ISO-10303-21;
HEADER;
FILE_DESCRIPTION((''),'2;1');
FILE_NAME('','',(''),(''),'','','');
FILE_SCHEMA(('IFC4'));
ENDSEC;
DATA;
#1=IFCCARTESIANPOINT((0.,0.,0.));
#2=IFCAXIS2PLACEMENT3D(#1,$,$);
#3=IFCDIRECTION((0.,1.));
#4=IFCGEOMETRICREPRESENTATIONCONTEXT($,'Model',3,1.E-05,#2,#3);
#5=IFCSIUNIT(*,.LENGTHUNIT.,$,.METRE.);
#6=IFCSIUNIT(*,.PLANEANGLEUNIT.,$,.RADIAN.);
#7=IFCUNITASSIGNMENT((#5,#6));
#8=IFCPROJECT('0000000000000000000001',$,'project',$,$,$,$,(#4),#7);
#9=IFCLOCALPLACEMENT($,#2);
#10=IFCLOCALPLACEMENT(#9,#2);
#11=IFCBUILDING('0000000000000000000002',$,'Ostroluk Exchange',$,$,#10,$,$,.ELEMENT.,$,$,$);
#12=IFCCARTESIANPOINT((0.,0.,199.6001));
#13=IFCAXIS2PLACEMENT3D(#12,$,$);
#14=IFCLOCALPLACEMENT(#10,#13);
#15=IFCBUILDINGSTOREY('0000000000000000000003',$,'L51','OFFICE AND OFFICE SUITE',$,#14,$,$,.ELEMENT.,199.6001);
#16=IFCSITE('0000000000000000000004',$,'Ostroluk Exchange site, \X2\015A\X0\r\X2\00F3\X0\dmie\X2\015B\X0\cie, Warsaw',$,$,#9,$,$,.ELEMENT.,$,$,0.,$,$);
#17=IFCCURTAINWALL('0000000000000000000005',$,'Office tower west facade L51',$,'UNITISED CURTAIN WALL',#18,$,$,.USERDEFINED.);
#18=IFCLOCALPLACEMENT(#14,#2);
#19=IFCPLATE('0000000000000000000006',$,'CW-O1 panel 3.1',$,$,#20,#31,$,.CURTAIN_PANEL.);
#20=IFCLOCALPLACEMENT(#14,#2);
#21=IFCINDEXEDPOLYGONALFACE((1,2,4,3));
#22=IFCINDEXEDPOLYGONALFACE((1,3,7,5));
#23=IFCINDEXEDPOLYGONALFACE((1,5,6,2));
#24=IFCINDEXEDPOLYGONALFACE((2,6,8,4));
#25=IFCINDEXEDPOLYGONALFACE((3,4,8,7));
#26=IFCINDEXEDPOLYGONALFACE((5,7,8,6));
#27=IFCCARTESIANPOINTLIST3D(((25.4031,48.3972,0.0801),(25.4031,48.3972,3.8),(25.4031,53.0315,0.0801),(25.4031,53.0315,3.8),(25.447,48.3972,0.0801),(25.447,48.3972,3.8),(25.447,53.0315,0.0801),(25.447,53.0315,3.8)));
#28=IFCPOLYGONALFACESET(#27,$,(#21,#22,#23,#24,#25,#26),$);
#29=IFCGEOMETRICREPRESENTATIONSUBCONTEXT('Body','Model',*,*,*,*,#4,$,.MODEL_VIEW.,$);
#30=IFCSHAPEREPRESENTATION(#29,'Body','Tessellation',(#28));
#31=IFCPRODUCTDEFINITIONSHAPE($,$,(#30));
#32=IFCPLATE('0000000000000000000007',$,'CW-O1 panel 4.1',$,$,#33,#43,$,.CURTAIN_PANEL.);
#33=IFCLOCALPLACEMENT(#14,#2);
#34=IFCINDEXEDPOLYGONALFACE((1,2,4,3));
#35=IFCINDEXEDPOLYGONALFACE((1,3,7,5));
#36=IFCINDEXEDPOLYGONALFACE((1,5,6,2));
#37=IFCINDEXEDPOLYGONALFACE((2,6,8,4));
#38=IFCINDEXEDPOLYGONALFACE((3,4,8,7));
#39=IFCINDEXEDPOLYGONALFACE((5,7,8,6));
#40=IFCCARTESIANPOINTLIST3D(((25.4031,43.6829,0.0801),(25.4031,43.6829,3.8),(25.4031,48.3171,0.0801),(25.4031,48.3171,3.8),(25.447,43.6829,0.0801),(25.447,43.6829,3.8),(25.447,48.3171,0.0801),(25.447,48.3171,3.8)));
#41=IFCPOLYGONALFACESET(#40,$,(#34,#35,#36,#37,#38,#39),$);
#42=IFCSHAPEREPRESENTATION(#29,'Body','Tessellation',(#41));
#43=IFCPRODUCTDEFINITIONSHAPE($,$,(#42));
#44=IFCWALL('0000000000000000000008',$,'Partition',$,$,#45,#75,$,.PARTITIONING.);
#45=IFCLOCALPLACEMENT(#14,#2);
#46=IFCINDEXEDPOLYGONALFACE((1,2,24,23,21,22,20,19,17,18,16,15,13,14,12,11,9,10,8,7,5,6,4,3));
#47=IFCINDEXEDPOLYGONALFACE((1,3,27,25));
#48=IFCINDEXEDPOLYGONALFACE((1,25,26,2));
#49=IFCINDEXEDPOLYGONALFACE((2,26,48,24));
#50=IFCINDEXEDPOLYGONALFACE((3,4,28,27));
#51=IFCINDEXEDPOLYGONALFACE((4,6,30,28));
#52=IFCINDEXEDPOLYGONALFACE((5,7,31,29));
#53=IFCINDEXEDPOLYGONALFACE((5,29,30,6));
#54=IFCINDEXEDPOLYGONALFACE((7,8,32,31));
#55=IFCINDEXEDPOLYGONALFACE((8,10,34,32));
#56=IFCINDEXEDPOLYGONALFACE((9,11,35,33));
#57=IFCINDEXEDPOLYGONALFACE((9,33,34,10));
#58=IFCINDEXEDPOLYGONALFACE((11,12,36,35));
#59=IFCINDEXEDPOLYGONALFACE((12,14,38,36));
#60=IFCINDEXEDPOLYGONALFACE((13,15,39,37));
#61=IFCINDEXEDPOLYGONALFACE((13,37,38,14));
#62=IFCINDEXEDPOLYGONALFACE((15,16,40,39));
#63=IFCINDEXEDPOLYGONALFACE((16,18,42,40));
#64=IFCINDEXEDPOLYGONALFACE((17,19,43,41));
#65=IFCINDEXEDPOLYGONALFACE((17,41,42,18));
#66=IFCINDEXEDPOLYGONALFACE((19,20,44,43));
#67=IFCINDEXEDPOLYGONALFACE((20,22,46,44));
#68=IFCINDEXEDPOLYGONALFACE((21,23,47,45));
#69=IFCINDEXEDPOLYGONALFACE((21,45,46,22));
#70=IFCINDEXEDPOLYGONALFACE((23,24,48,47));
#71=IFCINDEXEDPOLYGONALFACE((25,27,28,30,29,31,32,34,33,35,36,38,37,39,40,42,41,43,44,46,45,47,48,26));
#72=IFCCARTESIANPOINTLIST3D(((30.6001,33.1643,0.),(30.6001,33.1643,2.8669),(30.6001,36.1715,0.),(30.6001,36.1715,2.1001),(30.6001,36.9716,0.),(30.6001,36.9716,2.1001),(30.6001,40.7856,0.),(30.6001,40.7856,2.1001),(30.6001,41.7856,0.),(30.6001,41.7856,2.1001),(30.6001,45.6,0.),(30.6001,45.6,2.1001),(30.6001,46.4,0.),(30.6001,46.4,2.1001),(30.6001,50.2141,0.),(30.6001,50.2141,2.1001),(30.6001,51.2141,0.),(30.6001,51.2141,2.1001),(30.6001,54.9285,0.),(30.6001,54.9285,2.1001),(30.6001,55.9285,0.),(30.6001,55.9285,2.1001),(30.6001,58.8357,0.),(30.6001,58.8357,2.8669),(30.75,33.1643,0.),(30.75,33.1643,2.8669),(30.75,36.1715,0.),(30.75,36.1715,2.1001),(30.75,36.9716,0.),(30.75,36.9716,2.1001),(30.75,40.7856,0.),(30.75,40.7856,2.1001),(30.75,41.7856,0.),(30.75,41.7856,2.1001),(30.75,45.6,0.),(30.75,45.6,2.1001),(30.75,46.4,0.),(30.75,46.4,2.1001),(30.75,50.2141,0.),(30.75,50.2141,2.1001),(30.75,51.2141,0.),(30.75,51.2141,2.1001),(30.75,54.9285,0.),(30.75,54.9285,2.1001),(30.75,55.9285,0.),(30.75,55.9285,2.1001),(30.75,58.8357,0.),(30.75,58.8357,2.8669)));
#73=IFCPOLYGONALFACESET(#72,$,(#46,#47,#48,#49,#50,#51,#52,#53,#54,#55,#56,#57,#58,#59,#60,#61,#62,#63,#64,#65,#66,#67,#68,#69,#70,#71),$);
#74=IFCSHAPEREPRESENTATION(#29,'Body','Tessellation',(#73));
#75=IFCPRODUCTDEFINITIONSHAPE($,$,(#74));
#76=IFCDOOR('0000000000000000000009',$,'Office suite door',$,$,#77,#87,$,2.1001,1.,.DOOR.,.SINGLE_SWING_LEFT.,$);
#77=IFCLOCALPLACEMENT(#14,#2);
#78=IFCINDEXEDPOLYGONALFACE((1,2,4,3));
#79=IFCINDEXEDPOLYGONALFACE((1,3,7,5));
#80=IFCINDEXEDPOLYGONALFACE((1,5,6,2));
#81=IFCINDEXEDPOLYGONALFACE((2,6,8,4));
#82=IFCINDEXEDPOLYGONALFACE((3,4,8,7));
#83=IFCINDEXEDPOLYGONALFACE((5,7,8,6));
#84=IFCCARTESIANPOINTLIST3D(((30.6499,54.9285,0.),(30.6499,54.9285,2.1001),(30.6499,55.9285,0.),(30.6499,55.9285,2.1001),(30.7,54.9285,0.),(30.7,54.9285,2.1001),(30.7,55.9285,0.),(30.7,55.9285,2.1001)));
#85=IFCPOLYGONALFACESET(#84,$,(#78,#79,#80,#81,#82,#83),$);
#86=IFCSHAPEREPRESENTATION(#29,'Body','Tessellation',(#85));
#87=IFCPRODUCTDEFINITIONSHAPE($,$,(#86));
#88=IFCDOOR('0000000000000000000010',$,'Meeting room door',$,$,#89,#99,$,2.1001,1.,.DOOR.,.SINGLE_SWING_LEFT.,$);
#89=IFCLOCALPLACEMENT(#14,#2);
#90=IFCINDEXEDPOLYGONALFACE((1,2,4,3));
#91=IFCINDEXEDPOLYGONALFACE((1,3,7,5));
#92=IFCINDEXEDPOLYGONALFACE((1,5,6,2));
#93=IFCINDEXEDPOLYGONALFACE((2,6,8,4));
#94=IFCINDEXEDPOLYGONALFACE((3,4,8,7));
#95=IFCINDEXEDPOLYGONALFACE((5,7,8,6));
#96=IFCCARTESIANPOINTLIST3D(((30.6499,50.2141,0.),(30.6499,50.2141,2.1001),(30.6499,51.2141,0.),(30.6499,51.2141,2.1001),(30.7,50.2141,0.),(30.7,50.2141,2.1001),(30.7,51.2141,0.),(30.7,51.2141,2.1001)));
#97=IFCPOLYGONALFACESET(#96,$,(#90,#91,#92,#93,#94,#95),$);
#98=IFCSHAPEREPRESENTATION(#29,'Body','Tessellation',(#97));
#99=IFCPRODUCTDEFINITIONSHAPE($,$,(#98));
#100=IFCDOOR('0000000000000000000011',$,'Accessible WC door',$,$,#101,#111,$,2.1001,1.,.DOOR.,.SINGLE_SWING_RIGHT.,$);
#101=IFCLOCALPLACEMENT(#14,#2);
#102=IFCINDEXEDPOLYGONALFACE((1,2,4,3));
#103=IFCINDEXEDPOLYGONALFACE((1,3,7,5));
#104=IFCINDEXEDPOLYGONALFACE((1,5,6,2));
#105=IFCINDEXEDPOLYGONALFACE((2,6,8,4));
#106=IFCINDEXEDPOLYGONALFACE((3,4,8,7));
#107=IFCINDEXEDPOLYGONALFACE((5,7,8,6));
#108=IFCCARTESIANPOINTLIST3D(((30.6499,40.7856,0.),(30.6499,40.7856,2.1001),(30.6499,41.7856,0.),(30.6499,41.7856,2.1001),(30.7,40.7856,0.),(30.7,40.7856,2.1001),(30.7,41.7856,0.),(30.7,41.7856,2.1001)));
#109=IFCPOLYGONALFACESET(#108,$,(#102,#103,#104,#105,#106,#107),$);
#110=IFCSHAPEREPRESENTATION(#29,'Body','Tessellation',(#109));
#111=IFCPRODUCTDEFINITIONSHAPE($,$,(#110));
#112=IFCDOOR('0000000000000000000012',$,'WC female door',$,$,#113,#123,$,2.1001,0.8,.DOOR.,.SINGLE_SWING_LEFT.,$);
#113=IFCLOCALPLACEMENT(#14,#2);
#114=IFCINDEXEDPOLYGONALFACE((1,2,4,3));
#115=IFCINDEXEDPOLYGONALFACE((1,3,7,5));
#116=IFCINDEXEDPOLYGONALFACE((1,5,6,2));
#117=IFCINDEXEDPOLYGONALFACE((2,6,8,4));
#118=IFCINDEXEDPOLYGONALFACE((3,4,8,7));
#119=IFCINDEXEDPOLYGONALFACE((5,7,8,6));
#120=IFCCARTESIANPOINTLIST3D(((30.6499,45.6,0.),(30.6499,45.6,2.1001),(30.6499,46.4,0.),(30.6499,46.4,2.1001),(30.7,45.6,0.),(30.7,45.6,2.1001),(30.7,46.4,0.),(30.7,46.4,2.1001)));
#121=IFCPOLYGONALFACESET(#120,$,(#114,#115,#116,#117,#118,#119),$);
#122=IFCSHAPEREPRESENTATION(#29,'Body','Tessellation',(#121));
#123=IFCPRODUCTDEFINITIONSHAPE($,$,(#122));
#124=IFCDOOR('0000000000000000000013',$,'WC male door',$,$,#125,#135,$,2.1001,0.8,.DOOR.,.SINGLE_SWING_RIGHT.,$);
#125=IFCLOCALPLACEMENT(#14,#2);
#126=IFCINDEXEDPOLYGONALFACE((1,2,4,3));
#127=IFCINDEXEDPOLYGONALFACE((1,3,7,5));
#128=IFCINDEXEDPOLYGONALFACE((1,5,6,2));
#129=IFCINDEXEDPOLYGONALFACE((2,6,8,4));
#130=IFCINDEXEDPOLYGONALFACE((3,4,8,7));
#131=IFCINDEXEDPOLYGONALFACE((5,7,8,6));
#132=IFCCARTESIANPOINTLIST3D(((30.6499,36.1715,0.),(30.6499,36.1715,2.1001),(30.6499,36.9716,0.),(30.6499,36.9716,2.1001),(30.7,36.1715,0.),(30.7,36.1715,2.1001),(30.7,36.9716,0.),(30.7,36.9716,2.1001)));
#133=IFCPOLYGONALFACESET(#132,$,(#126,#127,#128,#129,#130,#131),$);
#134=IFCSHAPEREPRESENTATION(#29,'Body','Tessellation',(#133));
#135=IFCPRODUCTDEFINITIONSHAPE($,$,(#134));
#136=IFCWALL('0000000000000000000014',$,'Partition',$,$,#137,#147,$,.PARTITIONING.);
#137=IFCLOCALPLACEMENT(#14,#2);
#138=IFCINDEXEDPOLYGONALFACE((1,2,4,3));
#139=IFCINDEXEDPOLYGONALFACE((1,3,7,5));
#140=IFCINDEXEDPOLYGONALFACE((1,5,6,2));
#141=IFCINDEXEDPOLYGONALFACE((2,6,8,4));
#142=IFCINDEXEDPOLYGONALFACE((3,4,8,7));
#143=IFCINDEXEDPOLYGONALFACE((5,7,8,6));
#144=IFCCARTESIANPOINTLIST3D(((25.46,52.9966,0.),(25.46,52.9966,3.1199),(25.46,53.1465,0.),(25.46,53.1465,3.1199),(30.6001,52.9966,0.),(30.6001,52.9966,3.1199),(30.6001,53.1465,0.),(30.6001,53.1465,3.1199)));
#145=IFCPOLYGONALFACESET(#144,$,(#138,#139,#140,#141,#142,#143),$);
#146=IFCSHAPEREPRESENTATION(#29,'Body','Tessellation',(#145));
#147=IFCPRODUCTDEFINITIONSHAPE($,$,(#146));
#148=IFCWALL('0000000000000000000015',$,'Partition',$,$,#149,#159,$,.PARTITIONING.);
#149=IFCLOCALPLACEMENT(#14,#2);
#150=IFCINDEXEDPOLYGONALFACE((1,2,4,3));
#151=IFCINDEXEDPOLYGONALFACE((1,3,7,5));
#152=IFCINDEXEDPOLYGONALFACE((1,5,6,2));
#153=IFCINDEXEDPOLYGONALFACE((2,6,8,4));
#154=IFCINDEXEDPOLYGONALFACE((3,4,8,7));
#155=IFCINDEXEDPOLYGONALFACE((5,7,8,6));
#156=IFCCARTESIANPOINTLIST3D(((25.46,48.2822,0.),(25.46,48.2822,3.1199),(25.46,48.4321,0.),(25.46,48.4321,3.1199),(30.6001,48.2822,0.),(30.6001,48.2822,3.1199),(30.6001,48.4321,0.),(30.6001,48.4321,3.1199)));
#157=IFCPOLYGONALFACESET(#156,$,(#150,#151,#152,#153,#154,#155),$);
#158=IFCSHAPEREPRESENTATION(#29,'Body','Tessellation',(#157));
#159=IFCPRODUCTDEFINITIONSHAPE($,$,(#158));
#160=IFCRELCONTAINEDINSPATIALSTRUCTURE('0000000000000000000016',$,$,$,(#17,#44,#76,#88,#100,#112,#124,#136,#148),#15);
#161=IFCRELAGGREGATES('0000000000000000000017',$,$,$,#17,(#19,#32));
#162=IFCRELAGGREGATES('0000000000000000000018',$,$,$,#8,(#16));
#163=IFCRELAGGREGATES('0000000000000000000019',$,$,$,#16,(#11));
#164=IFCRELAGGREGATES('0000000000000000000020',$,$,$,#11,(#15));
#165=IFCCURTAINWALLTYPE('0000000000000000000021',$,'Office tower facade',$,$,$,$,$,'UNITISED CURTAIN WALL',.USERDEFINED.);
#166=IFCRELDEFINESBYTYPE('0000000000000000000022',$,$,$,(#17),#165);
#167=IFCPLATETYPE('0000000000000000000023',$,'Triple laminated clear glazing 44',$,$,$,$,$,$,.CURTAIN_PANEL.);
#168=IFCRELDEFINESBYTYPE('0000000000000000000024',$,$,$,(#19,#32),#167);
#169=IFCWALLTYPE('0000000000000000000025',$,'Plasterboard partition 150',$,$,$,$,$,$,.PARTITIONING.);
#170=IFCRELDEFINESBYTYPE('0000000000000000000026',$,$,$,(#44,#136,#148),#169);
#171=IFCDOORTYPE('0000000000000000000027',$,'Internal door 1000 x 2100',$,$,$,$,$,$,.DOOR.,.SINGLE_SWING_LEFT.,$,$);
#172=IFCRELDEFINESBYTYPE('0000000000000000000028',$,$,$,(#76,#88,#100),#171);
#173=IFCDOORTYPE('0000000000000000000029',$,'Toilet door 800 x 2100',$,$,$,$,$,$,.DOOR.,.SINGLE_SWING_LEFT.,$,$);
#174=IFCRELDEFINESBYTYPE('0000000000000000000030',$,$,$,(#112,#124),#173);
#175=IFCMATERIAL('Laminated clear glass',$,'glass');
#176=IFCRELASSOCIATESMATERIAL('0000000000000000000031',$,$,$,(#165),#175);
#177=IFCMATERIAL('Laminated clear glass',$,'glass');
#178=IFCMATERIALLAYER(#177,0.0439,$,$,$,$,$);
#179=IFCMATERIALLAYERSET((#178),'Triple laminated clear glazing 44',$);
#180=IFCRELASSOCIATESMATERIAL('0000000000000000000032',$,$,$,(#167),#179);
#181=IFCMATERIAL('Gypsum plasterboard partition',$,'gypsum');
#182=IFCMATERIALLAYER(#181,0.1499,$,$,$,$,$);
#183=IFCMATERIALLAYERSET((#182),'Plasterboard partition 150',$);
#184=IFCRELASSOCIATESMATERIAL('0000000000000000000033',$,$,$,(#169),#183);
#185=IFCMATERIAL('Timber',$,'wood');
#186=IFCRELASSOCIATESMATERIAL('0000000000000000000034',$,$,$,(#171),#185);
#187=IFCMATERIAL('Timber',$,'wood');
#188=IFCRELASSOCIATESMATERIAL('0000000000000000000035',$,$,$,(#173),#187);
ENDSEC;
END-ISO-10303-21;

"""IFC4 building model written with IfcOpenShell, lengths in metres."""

from ifc_helpers import new_model, si_unit, direction, frame, frame_2d, origin, origin_2d, place, context, subcontext, project, spatial, rectangle, extrude, material, layer, layer_set, type_object, element, fill, aggregate, save


model = new_model("IFC4")

# Units and contexts
model_context = context("Model", 3, precision=1e-05, world=origin(), true_north=direction((0.0, 1.0)))
body_context = subcontext(model_context, "Body", "Model", "MODEL_VIEW")
ifc_project = project(units=[si_unit("LENGTHUNIT", "METRE"), si_unit("PLANEANGLEUNIT", "RADIAN")], contexts=[model_context])

# Site, building, storey
site_placement = place(None, origin())
site = spatial("IfcSite", under=ifc_project, at=site_placement, Name="Ostroluk Exchange site, Śródmieście, Warsaw", CompositionType="ELEMENT", RefElevation=0.0)
building_placement = place(site_placement, origin())
building = spatial("IfcBuilding", under=site, at=building_placement, Name="Ostroluk Exchange", CompositionType="ELEMENT")
storey_placement = place(building_placement, frame((0.0, 0.0, 199.6001)))
storey = spatial("IfcBuildingStorey", under=building, at=storey_placement, Name="L51", Description="OFFICE AND OFFICE SUITE", CompositionType="ELEMENT", Elevation=199.6001)

# Curtain wall, plates
ifc_material_1 = material(Name="Laminated clear glass", Category="glass")
curtain_wall_type = type_object("IfcCurtainWallType", Name="Office tower facade", ElementType="UNITISED CURTAIN WALL", PredefinedType="USERDEFINED", material=ifc_material_1)
curtain_wall_placement = place(storey_placement, origin())
curtain_wall = element("IfcCurtainWall", 1, at=curtain_wall_placement, inside=storey, type_object=curtain_wall_type, Name="Office tower west facade L51", ObjectType="UNITISED CURTAIN WALL", PredefinedType="USERDEFINED")
ifc_material_2 = material(Name="Laminated clear glass", Category="glass")
ifc_layer_1 = layer(ifc_material_2, 0.0439)
ifc_layer_set_1 = layer_set([ifc_layer_1], Name="Triple laminated clear glazing 44")
plate_type = type_object("IfcPlateType", Name="Triple laminated clear glazing 44", PredefinedType="CURTAIN_PANEL", material=ifc_layer_set_1)
plate_1_placement = place(storey_placement, frame((25.425, 50.7144, 0.0801), z_axis=(0.0, 0.0, 1.0), x_axis=(0.0, -1.0, 0.0)))
plate_1 = element("IfcPlate", 2, at=plate_1_placement, type_object=plate_type, Name="CW-O1 panel 3.1", PredefinedType="CURTAIN_PANEL", context=body_context, shape_type="SweptSolid", body=[
    extrude(rectangle(XDim=4.6343, YDim=0.0439, at=origin_2d()), origin(), (0.0, 0.0, 1.0), 3.72),
])
plate_2_placement = place(storey_placement, frame((25.425, 46.0, 0.0801), z_axis=(0.0, 0.0, 1.0), x_axis=(0.0, -1.0, 0.0)))
plate_2 = element("IfcPlate", 3, at=plate_2_placement, type_object=plate_type, Name="CW-O1 panel 4.1", PredefinedType="CURTAIN_PANEL", context=body_context, shape_type="SweptSolid", body=[
    extrude(rectangle(XDim=4.6343, YDim=0.0439, at=origin_2d()), origin(), (0.0, 0.0, 1.0), 3.72),
])
aggregate(curtain_wall, [plate_1, plate_2])

# Wall, openings, doors
ifc_material_3 = material(Name="Gypsum plasterboard partition", Category="gypsum")
ifc_layer_2 = layer(ifc_material_3, 0.1499)
ifc_layer_set_2 = layer_set([ifc_layer_2], Name="Plasterboard partition 150")
wall_type = type_object("IfcWallType", Name="Plasterboard partition 150", PredefinedType="PARTITIONING", material=ifc_layer_set_2)
wall_placement = place(storey_placement, frame((30.675, 58.8357, 0.0), z_axis=(0.0, 0.0, 1.0), x_axis=(0.0, -1.0, 0.0)))
wall = element("IfcWall", 4, at=wall_placement, inside=storey, type_object=wall_type, Name="Partition", PredefinedType="PARTITIONING", context=body_context, shape_type="SweptSolid", body=[
    extrude(rectangle(XDim=25.6714, YDim=0.1499, at=frame_2d((12.8357, 0.0))), origin(), (0.0, 0.0, 1.0), 2.8669),
])
opening_1_placement = place(wall_placement, frame((2.9072, 0.0, 0.0)))
opening_1 = element("IfcOpeningElement", 5, at=opening_1_placement, cuts=wall, PredefinedType="OPENING", context=body_context, shape_type="SweptSolid", body=[
    extrude(rectangle(XDim=1.0, YDim=2.1001, at=frame_2d((0.5, 1.05))), frame((0.0, 0.085, 0.0), z_axis=(0.0, -1.0, 0.0), x_axis=(1.0, 0.0, 0.0)), (0.0, 0.0, 1.0), 0.1699),
])
opening_2_placement = place(wall_placement, frame((7.6216, 0.0, 0.0)))
opening_2 = element("IfcOpeningElement", 6, at=opening_2_placement, cuts=wall, PredefinedType="OPENING", context=body_context, shape_type="SweptSolid", body=[
    extrude(rectangle(XDim=1.0, YDim=2.1001, at=frame_2d((0.5, 1.05))), frame((0.0, 0.085, 0.0), z_axis=(0.0, -1.0, 0.0), x_axis=(1.0, 0.0, 0.0)), (0.0, 0.0, 1.0), 0.1699),
])
opening_3_placement = place(wall_placement, frame((12.4358, 0.0, 0.0)))
opening_3 = element("IfcOpeningElement", 7, at=opening_3_placement, cuts=wall, PredefinedType="OPENING", context=body_context, shape_type="SweptSolid", body=[
    extrude(rectangle(XDim=0.8, YDim=2.1001, at=frame_2d((0.3999, 1.05))), frame((0.0, 0.085, 0.0), z_axis=(0.0, -1.0, 0.0), x_axis=(1.0, 0.0, 0.0)), (0.0, 0.0, 1.0), 0.1699),
])
opening_4_placement = place(wall_placement, frame((17.05, 0.0, 0.0)))
opening_4 = element("IfcOpeningElement", 8, at=opening_4_placement, cuts=wall, PredefinedType="OPENING", context=body_context, shape_type="SweptSolid", body=[
    extrude(rectangle(XDim=1.0, YDim=2.1001, at=frame_2d((0.5, 1.05))), frame((0.0, 0.085, 0.0), z_axis=(0.0, -1.0, 0.0), x_axis=(1.0, 0.0, 0.0)), (0.0, 0.0, 1.0), 0.1699),
])
opening_5_placement = place(wall_placement, frame((21.8643, 0.0, 0.0)))
opening_5 = element("IfcOpeningElement", 9, at=opening_5_placement, cuts=wall, PredefinedType="OPENING", context=body_context, shape_type="SweptSolid", body=[
    extrude(rectangle(XDim=0.8, YDim=2.1001, at=frame_2d((0.3999, 1.05))), frame((0.0, 0.085, 0.0), z_axis=(0.0, -1.0, 0.0), x_axis=(1.0, 0.0, 0.0)), (0.0, 0.0, 1.0), 0.1699),
])
ifc_material_4 = material(Name="Timber", Category="wood")
door_type_1 = type_object("IfcDoorType", Name="Internal door 1000 x 2100", OperationType="SINGLE_SWING_LEFT", PredefinedType="DOOR", material=ifc_material_4)
door_1_placement = place(opening_1_placement, origin())
door_1 = element("IfcDoor", 10, at=door_1_placement, inside=storey, type_object=door_type_1, Name="Office suite door", OperationType="SINGLE_SWING_LEFT", OverallHeight=2.1001, OverallWidth=1.0, PredefinedType="DOOR", context=body_context, shape_type="SweptSolid", body=[
    extrude(rectangle(XDim=1.0, YDim=2.1001, at=frame_2d((0.5, 1.05))), frame((0.0, 0.0249, 0.0), z_axis=(0.0, -1.0, 0.0), x_axis=(1.0, 0.0, 0.0)), (0.0, 0.0, 1.0), 0.05),
])
fill(opening_1, door_1)
door_2_placement = place(opening_2_placement, origin())
door_2 = element("IfcDoor", 11, at=door_2_placement, inside=storey, type_object=door_type_1, Name="Meeting room door", OperationType="SINGLE_SWING_LEFT", OverallHeight=2.1001, OverallWidth=1.0, PredefinedType="DOOR", context=body_context, shape_type="SweptSolid", body=[
    extrude(rectangle(XDim=1.0, YDim=2.1001, at=frame_2d((0.5, 1.05))), frame((0.0, 0.0249, 0.0), z_axis=(0.0, -1.0, 0.0), x_axis=(1.0, 0.0, 0.0)), (0.0, 0.0, 1.0), 0.05),
])
fill(opening_2, door_2)
door_3_placement = place(opening_4_placement, origin())
door_3 = element("IfcDoor", 12, at=door_3_placement, inside=storey, type_object=door_type_1, Name="Accessible WC door", OperationType="SINGLE_SWING_RIGHT", OverallHeight=2.1001, OverallWidth=1.0, PredefinedType="DOOR", context=body_context, shape_type="SweptSolid", body=[
    extrude(rectangle(XDim=1.0, YDim=2.1001, at=frame_2d((0.5, 1.05))), frame((0.0, 0.0249, 0.0), z_axis=(0.0, -1.0, 0.0), x_axis=(1.0, 0.0, 0.0)), (0.0, 0.0, 1.0), 0.05),
])
fill(opening_4, door_3)
ifc_material_5 = material(Name="Timber", Category="wood")
door_type_2 = type_object("IfcDoorType", Name="Toilet door 800 x 2100", OperationType="SINGLE_SWING_LEFT", PredefinedType="DOOR", material=ifc_material_5)
door_4_placement = place(opening_3_placement, origin())
door_4 = element("IfcDoor", 13, at=door_4_placement, inside=storey, type_object=door_type_2, Name="WC female door", OperationType="SINGLE_SWING_LEFT", OverallHeight=2.1001, OverallWidth=0.8, PredefinedType="DOOR", context=body_context, shape_type="SweptSolid", body=[
    extrude(rectangle(XDim=0.8, YDim=2.1001, at=frame_2d((0.3999, 1.05))), frame((0.0, 0.0249, 0.0), z_axis=(0.0, -1.0, 0.0), x_axis=(1.0, 0.0, 0.0)), (0.0, 0.0, 1.0), 0.05),
])
fill(opening_3, door_4)
door_5_placement = place(opening_5_placement, origin())
door_5 = element("IfcDoor", 14, at=door_5_placement, inside=storey, type_object=door_type_2, Name="WC male door", OperationType="SINGLE_SWING_RIGHT", OverallHeight=2.1001, OverallWidth=0.8, PredefinedType="DOOR", context=body_context, shape_type="SweptSolid", body=[
    extrude(rectangle(XDim=0.8, YDim=2.1001, at=frame_2d((0.3999, 1.05))), frame((0.0, 0.0249, 0.0), z_axis=(0.0, -1.0, 0.0), x_axis=(1.0, 0.0, 0.0)), (0.0, 0.0, 1.0), 0.05),
])
fill(opening_5, door_5)

# Walls
for number, where, z_axis, x_axis, name in (
    (15, (30.6001, 53.0715, 0.0), (0.0, 0.0, 1.0), (-1.0, 0.0, 0.0), "Partition"),
    (16, (30.6001, 48.3572, 0.0), (0.0, 0.0, 1.0), (-1.0, 0.0, 0.0), "Partition"),
):
    element("IfcWall", number, at=place(storey_placement, frame(where, z_axis=z_axis, x_axis=x_axis)), inside=storey, type_object=wall_type, Name=name, PredefinedType="PARTITIONING", context=body_context, shape_type="SweptSolid", body=[
        extrude(rectangle(XDim=5.1401, YDim=0.1499, at=frame_2d((2.5701, 0.0))), origin(), (0.0, 0.0, 1.0), 3.1199),
    ])

save(model, "model.ifc")
